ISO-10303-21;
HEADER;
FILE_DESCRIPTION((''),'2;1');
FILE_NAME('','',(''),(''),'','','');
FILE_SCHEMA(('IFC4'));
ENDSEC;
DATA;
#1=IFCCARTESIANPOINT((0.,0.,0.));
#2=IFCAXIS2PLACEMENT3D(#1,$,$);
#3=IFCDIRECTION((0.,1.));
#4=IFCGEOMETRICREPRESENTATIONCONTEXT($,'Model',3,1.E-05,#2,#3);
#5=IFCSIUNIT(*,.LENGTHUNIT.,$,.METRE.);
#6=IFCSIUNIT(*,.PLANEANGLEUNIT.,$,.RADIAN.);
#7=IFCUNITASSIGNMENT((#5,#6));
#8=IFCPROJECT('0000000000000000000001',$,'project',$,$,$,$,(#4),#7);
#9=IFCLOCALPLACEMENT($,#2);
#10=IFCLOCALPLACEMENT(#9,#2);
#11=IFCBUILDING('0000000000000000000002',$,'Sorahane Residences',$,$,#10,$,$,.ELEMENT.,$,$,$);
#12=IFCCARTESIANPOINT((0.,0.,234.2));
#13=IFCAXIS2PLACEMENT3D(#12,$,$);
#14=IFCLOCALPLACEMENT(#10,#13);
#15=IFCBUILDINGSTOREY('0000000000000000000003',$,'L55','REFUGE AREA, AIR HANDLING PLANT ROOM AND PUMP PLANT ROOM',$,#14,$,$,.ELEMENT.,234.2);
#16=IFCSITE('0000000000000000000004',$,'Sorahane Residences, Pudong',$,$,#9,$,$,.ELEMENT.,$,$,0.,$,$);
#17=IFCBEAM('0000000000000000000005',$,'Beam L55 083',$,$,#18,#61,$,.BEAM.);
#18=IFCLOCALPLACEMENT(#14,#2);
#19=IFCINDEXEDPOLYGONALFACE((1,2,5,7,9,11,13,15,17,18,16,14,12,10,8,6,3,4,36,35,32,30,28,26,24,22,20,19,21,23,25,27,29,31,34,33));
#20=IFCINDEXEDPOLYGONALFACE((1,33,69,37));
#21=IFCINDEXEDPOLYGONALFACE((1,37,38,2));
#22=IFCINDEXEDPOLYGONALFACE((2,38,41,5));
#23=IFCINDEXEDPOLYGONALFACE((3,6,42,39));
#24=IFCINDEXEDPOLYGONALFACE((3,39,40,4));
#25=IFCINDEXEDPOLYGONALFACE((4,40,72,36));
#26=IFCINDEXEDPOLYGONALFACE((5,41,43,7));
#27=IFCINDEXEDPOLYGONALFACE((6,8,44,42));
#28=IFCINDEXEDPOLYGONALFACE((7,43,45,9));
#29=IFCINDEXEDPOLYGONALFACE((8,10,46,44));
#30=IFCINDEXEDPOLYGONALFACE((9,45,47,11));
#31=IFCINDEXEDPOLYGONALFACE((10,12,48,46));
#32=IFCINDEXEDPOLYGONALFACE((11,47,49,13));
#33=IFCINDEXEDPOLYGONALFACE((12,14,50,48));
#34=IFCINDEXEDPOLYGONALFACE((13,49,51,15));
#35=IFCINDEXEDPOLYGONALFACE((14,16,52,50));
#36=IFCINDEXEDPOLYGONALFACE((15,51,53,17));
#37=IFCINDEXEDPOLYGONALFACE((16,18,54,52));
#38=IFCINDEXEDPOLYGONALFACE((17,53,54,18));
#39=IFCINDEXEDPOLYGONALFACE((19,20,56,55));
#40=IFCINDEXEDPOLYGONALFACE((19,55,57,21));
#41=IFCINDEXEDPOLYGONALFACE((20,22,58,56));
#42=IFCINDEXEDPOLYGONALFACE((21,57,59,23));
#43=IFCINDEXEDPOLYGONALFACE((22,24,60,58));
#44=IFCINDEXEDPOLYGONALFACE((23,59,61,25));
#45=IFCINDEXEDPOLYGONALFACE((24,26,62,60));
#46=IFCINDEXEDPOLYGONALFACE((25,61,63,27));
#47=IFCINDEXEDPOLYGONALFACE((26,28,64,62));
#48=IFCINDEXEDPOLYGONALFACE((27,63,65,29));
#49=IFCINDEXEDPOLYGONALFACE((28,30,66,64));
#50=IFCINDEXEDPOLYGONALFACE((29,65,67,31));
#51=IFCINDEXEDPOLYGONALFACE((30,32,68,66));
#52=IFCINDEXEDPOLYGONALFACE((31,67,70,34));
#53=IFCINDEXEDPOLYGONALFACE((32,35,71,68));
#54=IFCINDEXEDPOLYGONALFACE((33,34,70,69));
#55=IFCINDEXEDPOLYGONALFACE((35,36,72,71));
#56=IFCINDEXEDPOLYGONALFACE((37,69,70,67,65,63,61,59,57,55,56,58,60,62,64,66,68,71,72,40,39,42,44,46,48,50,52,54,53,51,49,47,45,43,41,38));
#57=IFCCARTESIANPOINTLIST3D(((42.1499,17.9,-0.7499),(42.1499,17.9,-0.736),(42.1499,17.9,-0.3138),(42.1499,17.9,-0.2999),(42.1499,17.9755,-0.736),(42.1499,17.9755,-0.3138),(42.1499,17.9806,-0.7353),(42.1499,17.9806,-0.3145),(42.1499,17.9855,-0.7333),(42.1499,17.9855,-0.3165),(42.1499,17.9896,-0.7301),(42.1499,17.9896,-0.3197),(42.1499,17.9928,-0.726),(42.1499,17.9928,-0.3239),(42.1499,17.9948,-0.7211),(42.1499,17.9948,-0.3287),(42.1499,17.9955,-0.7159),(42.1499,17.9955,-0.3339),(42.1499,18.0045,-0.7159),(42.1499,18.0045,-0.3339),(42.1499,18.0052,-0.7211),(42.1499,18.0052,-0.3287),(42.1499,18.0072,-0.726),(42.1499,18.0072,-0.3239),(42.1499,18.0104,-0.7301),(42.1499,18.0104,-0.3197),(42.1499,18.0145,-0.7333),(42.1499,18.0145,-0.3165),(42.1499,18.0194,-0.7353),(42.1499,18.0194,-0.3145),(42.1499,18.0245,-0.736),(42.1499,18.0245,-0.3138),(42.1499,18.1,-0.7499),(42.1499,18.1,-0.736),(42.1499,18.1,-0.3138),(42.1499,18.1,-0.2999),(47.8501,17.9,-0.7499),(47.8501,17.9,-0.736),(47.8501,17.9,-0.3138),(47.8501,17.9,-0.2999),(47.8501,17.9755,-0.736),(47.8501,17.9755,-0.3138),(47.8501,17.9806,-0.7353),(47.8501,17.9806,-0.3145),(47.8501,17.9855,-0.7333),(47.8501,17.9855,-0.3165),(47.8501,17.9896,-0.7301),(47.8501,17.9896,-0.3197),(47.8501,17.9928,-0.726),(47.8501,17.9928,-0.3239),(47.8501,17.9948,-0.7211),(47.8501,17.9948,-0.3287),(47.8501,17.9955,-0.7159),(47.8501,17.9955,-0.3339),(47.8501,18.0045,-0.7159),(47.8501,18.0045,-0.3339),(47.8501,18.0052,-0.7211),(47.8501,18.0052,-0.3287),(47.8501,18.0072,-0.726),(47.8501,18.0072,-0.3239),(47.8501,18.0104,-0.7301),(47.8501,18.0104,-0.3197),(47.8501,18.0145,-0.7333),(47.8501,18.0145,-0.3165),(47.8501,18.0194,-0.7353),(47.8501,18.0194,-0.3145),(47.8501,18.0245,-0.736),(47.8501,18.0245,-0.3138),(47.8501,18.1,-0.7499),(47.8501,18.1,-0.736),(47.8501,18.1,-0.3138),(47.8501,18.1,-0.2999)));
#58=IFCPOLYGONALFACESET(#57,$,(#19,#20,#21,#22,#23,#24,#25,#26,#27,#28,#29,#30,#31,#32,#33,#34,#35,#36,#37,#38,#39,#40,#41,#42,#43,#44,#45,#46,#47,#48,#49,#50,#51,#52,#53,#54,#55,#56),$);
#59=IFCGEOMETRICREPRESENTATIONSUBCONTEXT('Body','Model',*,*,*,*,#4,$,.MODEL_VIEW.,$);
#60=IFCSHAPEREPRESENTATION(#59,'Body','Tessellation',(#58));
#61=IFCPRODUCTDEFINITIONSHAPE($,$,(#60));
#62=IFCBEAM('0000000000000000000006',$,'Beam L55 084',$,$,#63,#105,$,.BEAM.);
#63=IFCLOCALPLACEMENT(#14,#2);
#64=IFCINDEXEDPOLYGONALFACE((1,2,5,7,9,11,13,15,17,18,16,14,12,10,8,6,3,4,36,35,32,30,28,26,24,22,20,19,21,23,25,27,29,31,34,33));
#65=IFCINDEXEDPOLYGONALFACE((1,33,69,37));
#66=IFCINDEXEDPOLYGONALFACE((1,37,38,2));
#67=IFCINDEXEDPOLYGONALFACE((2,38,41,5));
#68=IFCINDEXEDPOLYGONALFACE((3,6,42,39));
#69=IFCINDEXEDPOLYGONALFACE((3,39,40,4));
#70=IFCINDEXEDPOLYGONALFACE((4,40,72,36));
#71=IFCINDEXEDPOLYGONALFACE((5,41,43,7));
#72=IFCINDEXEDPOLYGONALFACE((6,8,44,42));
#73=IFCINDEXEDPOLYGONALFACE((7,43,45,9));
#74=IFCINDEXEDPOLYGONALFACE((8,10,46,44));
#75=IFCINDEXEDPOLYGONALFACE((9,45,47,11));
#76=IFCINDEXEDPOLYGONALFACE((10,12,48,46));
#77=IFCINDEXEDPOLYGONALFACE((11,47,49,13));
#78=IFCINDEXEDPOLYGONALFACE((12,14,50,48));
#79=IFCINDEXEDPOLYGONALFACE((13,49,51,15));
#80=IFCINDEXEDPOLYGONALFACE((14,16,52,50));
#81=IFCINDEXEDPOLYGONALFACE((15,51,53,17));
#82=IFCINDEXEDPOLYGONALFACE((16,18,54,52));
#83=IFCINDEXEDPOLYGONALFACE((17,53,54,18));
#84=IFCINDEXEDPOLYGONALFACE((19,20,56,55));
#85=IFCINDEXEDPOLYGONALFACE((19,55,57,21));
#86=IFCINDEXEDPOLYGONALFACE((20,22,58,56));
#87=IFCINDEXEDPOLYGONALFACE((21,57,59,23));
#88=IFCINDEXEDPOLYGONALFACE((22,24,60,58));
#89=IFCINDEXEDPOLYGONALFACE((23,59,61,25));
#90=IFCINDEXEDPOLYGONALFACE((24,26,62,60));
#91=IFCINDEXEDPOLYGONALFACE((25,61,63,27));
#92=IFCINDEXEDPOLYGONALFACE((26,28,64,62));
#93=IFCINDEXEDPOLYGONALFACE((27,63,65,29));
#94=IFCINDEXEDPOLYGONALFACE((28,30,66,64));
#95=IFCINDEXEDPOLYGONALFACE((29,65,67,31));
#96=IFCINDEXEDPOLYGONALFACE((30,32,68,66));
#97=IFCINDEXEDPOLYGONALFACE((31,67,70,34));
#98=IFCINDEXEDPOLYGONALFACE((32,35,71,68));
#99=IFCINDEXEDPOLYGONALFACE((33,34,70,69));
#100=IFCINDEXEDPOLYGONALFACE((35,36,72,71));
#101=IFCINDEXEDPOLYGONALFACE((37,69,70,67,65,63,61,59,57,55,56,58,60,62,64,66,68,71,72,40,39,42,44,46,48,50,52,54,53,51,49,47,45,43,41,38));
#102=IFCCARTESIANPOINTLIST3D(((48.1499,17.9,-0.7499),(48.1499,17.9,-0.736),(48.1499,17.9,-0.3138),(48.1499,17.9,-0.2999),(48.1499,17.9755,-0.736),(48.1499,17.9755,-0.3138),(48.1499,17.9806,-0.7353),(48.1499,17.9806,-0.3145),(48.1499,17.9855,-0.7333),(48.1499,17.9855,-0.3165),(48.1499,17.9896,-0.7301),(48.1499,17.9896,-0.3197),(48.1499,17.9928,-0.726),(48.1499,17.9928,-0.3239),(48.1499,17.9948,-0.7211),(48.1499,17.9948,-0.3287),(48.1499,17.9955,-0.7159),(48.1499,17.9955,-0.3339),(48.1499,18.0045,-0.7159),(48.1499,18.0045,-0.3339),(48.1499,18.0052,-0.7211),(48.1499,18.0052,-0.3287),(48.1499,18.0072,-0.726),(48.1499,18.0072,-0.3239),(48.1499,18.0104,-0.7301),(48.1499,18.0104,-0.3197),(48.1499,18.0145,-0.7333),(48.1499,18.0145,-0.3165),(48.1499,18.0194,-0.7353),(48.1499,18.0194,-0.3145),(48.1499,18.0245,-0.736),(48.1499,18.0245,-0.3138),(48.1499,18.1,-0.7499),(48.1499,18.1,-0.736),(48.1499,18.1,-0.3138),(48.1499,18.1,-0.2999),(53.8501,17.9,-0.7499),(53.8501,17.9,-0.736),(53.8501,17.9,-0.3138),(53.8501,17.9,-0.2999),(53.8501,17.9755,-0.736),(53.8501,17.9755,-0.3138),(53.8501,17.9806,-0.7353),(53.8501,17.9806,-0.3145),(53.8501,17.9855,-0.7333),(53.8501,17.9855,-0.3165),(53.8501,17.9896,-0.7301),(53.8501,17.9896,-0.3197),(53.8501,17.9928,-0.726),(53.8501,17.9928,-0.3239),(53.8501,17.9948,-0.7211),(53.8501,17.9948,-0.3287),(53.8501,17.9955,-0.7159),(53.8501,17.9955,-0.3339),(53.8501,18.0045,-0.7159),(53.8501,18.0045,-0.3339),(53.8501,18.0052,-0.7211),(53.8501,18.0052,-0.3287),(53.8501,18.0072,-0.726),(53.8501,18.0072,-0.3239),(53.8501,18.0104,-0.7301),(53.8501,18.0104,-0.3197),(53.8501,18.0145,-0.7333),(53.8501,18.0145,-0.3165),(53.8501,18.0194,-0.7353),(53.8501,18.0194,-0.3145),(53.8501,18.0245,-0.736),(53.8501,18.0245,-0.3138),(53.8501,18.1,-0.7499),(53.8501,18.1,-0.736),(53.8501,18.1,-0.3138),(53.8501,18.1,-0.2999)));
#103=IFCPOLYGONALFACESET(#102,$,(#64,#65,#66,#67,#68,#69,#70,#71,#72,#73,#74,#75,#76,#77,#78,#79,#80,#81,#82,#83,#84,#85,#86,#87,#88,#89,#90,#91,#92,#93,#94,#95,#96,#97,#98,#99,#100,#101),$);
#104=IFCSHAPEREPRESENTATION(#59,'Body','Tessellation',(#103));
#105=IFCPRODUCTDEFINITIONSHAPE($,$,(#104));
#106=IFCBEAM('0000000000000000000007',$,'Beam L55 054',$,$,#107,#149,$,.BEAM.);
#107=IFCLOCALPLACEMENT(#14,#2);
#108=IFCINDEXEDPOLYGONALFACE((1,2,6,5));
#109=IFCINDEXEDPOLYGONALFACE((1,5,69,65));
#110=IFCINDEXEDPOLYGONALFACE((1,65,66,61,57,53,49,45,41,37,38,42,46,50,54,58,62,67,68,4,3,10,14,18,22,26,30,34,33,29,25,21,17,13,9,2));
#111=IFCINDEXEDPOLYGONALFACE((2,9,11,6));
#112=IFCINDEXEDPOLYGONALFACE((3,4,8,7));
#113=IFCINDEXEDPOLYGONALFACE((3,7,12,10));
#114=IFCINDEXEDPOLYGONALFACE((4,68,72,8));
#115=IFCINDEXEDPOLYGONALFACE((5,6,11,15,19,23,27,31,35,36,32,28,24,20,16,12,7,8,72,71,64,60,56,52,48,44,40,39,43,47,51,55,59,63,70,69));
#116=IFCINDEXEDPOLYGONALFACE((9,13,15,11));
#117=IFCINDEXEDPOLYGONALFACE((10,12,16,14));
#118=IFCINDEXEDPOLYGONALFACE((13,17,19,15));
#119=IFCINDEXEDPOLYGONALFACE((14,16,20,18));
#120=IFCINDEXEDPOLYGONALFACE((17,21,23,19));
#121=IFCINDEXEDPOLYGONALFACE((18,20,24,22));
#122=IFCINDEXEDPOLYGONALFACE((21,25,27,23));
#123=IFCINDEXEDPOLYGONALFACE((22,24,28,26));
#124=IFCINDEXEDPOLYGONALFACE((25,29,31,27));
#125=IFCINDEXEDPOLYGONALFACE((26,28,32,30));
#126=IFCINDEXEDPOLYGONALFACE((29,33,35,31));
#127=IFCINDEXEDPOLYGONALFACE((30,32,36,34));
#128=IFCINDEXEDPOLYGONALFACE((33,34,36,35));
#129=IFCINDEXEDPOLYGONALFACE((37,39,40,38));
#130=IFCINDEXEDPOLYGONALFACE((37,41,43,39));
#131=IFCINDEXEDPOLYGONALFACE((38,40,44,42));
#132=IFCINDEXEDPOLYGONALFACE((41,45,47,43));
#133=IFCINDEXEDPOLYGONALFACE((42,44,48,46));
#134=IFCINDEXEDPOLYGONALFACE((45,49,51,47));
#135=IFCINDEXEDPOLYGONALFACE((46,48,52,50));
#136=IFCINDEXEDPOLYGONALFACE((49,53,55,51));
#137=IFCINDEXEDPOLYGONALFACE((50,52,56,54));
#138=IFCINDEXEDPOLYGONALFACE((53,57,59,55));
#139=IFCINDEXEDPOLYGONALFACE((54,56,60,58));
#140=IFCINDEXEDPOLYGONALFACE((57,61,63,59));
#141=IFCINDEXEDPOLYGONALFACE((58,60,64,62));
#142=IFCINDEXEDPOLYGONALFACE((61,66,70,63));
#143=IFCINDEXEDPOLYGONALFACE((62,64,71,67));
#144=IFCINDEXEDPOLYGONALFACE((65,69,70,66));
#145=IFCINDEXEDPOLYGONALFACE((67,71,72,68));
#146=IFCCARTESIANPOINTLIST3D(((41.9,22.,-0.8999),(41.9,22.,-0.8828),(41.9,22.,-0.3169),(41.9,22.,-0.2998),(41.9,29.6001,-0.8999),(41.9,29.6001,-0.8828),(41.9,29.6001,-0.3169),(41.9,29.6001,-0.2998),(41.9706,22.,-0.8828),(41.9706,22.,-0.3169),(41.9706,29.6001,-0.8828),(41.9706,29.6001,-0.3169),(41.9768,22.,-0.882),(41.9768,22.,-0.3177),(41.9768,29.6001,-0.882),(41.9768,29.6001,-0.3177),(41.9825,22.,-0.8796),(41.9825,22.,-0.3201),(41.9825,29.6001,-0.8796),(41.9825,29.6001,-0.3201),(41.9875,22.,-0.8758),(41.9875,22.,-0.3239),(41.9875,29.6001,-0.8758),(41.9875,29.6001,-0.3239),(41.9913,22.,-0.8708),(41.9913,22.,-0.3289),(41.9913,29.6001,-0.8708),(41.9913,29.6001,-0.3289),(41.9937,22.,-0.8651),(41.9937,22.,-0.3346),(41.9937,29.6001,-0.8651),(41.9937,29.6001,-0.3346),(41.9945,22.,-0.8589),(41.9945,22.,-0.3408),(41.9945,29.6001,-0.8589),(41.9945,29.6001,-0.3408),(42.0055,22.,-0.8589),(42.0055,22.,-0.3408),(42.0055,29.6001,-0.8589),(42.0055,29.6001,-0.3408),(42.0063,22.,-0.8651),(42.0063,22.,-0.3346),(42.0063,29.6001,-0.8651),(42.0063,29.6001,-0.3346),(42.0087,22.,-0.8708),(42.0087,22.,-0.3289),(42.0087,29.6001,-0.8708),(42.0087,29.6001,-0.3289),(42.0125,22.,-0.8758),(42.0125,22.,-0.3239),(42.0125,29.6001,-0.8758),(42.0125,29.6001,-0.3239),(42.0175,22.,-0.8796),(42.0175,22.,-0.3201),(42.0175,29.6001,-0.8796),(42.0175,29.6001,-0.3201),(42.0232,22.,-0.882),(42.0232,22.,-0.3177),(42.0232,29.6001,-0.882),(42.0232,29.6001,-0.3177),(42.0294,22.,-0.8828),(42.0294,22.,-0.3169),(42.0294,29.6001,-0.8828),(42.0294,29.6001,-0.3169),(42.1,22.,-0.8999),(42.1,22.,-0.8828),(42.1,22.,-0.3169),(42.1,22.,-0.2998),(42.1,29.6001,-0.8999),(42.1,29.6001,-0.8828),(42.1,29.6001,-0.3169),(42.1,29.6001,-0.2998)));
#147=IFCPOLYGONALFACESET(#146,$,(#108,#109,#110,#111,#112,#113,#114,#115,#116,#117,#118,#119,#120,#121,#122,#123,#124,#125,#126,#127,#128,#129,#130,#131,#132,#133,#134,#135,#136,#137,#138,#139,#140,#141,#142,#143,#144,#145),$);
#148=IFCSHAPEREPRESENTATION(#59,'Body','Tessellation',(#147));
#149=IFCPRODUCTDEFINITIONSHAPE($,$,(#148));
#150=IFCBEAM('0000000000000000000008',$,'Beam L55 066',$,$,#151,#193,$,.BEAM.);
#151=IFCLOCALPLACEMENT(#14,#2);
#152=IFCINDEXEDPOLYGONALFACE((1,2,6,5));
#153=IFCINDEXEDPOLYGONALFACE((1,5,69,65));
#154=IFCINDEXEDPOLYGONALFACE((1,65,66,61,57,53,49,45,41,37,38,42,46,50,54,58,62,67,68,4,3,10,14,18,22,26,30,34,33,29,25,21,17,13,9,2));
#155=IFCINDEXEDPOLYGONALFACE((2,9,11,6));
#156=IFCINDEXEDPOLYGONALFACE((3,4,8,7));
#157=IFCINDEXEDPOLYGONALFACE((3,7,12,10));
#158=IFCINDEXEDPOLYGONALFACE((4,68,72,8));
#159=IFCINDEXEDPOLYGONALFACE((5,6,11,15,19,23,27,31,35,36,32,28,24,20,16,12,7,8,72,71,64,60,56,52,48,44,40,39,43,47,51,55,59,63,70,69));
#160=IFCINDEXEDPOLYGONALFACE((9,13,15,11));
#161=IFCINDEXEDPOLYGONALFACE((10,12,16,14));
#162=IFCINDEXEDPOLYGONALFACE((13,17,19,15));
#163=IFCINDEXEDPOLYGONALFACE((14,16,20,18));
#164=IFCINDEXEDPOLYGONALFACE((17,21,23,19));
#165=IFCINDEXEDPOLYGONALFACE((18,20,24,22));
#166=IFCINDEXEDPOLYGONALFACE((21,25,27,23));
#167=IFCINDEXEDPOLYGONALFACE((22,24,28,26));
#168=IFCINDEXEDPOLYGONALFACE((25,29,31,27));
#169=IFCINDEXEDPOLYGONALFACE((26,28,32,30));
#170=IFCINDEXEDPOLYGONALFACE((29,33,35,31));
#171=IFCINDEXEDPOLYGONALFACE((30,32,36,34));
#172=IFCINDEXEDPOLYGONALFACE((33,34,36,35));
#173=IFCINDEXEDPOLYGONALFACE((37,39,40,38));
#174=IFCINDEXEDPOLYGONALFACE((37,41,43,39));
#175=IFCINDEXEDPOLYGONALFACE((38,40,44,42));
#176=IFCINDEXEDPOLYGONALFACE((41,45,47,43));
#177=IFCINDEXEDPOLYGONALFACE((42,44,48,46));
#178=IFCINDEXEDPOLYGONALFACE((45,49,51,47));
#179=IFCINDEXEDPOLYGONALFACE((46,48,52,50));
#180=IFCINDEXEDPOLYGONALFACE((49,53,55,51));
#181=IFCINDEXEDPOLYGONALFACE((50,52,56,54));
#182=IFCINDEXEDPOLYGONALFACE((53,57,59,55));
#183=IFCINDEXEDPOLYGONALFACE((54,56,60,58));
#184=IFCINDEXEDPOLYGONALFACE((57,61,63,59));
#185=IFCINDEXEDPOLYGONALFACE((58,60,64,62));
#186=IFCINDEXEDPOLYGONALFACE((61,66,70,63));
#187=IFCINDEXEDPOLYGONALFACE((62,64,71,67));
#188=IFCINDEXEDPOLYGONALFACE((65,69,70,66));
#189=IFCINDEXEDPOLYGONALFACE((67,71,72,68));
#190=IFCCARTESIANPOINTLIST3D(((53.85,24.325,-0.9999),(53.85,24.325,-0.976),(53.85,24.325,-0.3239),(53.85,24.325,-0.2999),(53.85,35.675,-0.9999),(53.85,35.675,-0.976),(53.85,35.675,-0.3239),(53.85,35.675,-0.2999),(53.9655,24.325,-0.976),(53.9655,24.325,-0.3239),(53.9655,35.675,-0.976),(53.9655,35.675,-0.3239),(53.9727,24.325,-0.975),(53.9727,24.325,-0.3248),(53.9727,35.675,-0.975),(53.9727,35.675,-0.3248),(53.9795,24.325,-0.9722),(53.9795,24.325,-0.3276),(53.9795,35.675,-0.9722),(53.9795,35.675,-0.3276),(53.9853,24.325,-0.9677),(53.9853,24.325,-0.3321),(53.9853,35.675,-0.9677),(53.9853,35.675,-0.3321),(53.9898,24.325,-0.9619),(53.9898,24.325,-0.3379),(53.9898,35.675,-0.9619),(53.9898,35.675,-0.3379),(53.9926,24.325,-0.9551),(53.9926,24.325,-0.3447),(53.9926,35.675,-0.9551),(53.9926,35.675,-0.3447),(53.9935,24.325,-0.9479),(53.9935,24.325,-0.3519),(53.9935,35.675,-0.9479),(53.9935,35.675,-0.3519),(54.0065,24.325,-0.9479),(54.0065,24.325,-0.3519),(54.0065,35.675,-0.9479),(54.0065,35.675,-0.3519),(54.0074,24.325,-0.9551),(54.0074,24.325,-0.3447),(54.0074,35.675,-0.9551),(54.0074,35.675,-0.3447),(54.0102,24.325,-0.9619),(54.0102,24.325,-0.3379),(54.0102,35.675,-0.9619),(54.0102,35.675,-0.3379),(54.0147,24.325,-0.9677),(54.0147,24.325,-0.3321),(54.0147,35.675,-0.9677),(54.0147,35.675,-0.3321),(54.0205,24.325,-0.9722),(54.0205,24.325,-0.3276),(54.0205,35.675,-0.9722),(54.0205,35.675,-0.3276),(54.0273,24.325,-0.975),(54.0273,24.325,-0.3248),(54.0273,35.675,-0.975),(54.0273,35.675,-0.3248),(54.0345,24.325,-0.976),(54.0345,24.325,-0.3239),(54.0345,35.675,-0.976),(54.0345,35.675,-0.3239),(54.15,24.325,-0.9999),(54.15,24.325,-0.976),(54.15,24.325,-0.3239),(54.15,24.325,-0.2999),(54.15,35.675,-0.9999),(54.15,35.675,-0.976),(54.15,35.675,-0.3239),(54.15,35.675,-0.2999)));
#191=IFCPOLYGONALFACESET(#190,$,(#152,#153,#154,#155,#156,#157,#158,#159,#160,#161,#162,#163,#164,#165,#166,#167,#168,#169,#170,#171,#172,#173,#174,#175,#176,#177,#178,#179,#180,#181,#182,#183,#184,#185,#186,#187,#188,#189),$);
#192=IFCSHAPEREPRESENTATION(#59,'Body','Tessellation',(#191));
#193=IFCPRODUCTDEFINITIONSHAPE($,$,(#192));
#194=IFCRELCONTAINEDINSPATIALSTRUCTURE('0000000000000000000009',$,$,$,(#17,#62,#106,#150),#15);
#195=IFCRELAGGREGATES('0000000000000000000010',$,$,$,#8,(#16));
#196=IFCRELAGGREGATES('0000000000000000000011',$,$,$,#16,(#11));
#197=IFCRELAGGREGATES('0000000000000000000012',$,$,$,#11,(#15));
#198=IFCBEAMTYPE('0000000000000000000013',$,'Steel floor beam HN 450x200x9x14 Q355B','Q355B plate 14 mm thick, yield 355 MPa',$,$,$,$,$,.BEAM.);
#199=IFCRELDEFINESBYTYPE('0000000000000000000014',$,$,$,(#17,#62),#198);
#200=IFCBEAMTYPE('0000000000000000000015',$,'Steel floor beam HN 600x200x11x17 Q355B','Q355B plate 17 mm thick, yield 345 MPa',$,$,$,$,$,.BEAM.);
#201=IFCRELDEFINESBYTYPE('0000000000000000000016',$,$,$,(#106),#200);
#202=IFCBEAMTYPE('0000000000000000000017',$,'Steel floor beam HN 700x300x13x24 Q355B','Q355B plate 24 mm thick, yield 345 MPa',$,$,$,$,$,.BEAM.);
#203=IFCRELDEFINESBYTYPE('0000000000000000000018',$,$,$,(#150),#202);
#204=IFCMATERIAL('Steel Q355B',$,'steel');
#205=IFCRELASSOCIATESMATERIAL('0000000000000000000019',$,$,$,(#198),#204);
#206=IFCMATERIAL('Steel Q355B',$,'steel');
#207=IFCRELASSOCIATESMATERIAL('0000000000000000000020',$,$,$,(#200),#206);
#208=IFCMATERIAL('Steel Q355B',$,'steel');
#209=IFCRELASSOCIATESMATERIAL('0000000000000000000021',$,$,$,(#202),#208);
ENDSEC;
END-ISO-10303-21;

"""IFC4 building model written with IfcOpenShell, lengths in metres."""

from ifc_helpers import new_model, si_unit, direction, frame, origin, origin_2d, place, context, subcontext, project, spatial, i_section, extrude, material, material_profile, profile_set, type_object, element, save


model = new_model("IFC4")

# Units and contexts
model_context = context("Model", 3, precision=1e-05, world=origin(), true_north=direction((0.0, 1.0)))
body_context = subcontext(model_context, "Body", "Model", "MODEL_VIEW")
ifc_project = project(units=[si_unit("LENGTHUNIT", "METRE"), si_unit("PLANEANGLEUNIT", "RADIAN")], contexts=[model_context])

# Site, building, storey
site_placement = place(None, origin())
site = spatial("IfcSite", under=ifc_project, at=site_placement, Name="Sorahane Residences, Pudong", CompositionType="ELEMENT", RefElevation=0.0)
building_placement = place(site_placement, origin())
building = spatial("IfcBuilding", under=site, at=building_placement, Name="Sorahane Residences", CompositionType="ELEMENT")
storey_placement = place(building_placement, frame((0.0, 0.0, 234.2)))
storey = spatial("IfcBuildingStorey", under=building, at=storey_placement, Name="L55", Description="REFUGE AREA, AIR HANDLING PLANT ROOM AND PUMP PLANT ROOM", CompositionType="ELEMENT", Elevation=234.2)

# Beams
ifc_material_1 = material(Name="Steel Q355B", Category="steel")
ifc_material_profile_1 = material_profile(ifc_material_1, i_section(OverallWidth=0.2, OverallDepth=0.45, WebThickness=0.009, FlangeThickness=0.0139, FilletRadius=0.02, at=origin_2d()), Name="HN 450x200x9x14")
ifc_profile_set_1 = profile_set([ifc_material_profile_1], Name="Steel Q355B")
beam_type_1 = type_object("IfcBeamType", Name="Steel floor beam HN 450x200x9x14 Q355B", Description="Q355B plate 14 mm thick, yield 355 MPa", PredefinedType="BEAM", material=ifc_profile_set_1)
for number, where, z_axis, x_axis, name in (
    (1, (42.1499, 18.0, -0.5249), (1.0, 0.0, 0.0), (0.0, 1.0, 0.0), "Beam L55 083"),
    (2, (48.1499, 18.0, -0.5249), (1.0, 0.0, 0.0), (0.0, 1.0, 0.0), "Beam L55 084"),
):
    element("IfcBeam", number, at=place(storey_placement, frame(where, z_axis=z_axis, x_axis=x_axis)), inside=storey, type_object=beam_type_1, Name=name, PredefinedType="BEAM", context=body_context, shape_type="SweptSolid", body=[
        extrude(i_section(OverallWidth=0.2, OverallDepth=0.45, WebThickness=0.009, FlangeThickness=0.0139, FilletRadius=0.02, at=origin_2d()), origin(), (0.0, 0.0, 1.0), 5.7002),
    ])
ifc_material_2 = material(Name="Steel Q355B", Category="steel")
ifc_material_profile_2 = material_profile(ifc_material_2, i_section(OverallWidth=0.2, OverallDepth=0.6001, WebThickness=0.011, FlangeThickness=0.0171, FilletRadius=0.0239, at=origin_2d()), Name="HN 600x200x11x17")
ifc_profile_set_2 = profile_set([ifc_material_profile_2], Name="Steel Q355B")
beam_type_2 = type_object("IfcBeamType", Name="Steel floor beam HN 600x200x11x17 Q355B", Description="Q355B plate 17 mm thick, yield 345 MPa", PredefinedType="BEAM", material=ifc_profile_set_2)
beam_1_placement = place(storey_placement, frame((42.0, 22.0, -0.5999), z_axis=(0.0, 1.0, 0.0), x_axis=(-1.0, 0.0, 0.0)))
element("IfcBeam", 3, at=beam_1_placement, inside=storey, type_object=beam_type_2, Name="Beam L55 054", PredefinedType="BEAM", context=body_context, shape_type="SweptSolid", body=[
    extrude(i_section(OverallWidth=0.2, OverallDepth=0.6001, WebThickness=0.011, FlangeThickness=0.0171, FilletRadius=0.0239, at=origin_2d()), origin(), (0.0, 0.0, 1.0), 7.6001),
])
ifc_material_3 = material(Name="Steel Q355B", Category="steel")
ifc_material_profile_3 = material_profile(ifc_material_3, i_section(OverallWidth=0.3, OverallDepth=0.7, WebThickness=0.0129, FlangeThickness=0.0239, FilletRadius=0.0281, at=origin_2d()), Name="HN 700x300x13x24")
ifc_profile_set_3 = profile_set([ifc_material_profile_3], Name="Steel Q355B")
beam_type_3 = type_object("IfcBeamType", Name="Steel floor beam HN 700x300x13x24 Q355B", Description="Q355B plate 24 mm thick, yield 345 MPa", PredefinedType="BEAM", material=ifc_profile_set_3)
beam_2_placement = place(storey_placement, frame((54.0, 24.325, -0.6499), z_axis=(0.0, 1.0, 0.0), x_axis=(-1.0, 0.0, 0.0)))
element("IfcBeam", 4, at=beam_2_placement, inside=storey, type_object=beam_type_3, Name="Beam L55 066", PredefinedType="BEAM", context=body_context, shape_type="SweptSolid", body=[
    extrude(i_section(OverallWidth=0.3, OverallDepth=0.7, WebThickness=0.0129, FlangeThickness=0.0239, FilletRadius=0.0281, at=origin_2d()), origin(), (0.0, 0.0, 1.0), 11.3501),
])

save(model, "model.ifc")
